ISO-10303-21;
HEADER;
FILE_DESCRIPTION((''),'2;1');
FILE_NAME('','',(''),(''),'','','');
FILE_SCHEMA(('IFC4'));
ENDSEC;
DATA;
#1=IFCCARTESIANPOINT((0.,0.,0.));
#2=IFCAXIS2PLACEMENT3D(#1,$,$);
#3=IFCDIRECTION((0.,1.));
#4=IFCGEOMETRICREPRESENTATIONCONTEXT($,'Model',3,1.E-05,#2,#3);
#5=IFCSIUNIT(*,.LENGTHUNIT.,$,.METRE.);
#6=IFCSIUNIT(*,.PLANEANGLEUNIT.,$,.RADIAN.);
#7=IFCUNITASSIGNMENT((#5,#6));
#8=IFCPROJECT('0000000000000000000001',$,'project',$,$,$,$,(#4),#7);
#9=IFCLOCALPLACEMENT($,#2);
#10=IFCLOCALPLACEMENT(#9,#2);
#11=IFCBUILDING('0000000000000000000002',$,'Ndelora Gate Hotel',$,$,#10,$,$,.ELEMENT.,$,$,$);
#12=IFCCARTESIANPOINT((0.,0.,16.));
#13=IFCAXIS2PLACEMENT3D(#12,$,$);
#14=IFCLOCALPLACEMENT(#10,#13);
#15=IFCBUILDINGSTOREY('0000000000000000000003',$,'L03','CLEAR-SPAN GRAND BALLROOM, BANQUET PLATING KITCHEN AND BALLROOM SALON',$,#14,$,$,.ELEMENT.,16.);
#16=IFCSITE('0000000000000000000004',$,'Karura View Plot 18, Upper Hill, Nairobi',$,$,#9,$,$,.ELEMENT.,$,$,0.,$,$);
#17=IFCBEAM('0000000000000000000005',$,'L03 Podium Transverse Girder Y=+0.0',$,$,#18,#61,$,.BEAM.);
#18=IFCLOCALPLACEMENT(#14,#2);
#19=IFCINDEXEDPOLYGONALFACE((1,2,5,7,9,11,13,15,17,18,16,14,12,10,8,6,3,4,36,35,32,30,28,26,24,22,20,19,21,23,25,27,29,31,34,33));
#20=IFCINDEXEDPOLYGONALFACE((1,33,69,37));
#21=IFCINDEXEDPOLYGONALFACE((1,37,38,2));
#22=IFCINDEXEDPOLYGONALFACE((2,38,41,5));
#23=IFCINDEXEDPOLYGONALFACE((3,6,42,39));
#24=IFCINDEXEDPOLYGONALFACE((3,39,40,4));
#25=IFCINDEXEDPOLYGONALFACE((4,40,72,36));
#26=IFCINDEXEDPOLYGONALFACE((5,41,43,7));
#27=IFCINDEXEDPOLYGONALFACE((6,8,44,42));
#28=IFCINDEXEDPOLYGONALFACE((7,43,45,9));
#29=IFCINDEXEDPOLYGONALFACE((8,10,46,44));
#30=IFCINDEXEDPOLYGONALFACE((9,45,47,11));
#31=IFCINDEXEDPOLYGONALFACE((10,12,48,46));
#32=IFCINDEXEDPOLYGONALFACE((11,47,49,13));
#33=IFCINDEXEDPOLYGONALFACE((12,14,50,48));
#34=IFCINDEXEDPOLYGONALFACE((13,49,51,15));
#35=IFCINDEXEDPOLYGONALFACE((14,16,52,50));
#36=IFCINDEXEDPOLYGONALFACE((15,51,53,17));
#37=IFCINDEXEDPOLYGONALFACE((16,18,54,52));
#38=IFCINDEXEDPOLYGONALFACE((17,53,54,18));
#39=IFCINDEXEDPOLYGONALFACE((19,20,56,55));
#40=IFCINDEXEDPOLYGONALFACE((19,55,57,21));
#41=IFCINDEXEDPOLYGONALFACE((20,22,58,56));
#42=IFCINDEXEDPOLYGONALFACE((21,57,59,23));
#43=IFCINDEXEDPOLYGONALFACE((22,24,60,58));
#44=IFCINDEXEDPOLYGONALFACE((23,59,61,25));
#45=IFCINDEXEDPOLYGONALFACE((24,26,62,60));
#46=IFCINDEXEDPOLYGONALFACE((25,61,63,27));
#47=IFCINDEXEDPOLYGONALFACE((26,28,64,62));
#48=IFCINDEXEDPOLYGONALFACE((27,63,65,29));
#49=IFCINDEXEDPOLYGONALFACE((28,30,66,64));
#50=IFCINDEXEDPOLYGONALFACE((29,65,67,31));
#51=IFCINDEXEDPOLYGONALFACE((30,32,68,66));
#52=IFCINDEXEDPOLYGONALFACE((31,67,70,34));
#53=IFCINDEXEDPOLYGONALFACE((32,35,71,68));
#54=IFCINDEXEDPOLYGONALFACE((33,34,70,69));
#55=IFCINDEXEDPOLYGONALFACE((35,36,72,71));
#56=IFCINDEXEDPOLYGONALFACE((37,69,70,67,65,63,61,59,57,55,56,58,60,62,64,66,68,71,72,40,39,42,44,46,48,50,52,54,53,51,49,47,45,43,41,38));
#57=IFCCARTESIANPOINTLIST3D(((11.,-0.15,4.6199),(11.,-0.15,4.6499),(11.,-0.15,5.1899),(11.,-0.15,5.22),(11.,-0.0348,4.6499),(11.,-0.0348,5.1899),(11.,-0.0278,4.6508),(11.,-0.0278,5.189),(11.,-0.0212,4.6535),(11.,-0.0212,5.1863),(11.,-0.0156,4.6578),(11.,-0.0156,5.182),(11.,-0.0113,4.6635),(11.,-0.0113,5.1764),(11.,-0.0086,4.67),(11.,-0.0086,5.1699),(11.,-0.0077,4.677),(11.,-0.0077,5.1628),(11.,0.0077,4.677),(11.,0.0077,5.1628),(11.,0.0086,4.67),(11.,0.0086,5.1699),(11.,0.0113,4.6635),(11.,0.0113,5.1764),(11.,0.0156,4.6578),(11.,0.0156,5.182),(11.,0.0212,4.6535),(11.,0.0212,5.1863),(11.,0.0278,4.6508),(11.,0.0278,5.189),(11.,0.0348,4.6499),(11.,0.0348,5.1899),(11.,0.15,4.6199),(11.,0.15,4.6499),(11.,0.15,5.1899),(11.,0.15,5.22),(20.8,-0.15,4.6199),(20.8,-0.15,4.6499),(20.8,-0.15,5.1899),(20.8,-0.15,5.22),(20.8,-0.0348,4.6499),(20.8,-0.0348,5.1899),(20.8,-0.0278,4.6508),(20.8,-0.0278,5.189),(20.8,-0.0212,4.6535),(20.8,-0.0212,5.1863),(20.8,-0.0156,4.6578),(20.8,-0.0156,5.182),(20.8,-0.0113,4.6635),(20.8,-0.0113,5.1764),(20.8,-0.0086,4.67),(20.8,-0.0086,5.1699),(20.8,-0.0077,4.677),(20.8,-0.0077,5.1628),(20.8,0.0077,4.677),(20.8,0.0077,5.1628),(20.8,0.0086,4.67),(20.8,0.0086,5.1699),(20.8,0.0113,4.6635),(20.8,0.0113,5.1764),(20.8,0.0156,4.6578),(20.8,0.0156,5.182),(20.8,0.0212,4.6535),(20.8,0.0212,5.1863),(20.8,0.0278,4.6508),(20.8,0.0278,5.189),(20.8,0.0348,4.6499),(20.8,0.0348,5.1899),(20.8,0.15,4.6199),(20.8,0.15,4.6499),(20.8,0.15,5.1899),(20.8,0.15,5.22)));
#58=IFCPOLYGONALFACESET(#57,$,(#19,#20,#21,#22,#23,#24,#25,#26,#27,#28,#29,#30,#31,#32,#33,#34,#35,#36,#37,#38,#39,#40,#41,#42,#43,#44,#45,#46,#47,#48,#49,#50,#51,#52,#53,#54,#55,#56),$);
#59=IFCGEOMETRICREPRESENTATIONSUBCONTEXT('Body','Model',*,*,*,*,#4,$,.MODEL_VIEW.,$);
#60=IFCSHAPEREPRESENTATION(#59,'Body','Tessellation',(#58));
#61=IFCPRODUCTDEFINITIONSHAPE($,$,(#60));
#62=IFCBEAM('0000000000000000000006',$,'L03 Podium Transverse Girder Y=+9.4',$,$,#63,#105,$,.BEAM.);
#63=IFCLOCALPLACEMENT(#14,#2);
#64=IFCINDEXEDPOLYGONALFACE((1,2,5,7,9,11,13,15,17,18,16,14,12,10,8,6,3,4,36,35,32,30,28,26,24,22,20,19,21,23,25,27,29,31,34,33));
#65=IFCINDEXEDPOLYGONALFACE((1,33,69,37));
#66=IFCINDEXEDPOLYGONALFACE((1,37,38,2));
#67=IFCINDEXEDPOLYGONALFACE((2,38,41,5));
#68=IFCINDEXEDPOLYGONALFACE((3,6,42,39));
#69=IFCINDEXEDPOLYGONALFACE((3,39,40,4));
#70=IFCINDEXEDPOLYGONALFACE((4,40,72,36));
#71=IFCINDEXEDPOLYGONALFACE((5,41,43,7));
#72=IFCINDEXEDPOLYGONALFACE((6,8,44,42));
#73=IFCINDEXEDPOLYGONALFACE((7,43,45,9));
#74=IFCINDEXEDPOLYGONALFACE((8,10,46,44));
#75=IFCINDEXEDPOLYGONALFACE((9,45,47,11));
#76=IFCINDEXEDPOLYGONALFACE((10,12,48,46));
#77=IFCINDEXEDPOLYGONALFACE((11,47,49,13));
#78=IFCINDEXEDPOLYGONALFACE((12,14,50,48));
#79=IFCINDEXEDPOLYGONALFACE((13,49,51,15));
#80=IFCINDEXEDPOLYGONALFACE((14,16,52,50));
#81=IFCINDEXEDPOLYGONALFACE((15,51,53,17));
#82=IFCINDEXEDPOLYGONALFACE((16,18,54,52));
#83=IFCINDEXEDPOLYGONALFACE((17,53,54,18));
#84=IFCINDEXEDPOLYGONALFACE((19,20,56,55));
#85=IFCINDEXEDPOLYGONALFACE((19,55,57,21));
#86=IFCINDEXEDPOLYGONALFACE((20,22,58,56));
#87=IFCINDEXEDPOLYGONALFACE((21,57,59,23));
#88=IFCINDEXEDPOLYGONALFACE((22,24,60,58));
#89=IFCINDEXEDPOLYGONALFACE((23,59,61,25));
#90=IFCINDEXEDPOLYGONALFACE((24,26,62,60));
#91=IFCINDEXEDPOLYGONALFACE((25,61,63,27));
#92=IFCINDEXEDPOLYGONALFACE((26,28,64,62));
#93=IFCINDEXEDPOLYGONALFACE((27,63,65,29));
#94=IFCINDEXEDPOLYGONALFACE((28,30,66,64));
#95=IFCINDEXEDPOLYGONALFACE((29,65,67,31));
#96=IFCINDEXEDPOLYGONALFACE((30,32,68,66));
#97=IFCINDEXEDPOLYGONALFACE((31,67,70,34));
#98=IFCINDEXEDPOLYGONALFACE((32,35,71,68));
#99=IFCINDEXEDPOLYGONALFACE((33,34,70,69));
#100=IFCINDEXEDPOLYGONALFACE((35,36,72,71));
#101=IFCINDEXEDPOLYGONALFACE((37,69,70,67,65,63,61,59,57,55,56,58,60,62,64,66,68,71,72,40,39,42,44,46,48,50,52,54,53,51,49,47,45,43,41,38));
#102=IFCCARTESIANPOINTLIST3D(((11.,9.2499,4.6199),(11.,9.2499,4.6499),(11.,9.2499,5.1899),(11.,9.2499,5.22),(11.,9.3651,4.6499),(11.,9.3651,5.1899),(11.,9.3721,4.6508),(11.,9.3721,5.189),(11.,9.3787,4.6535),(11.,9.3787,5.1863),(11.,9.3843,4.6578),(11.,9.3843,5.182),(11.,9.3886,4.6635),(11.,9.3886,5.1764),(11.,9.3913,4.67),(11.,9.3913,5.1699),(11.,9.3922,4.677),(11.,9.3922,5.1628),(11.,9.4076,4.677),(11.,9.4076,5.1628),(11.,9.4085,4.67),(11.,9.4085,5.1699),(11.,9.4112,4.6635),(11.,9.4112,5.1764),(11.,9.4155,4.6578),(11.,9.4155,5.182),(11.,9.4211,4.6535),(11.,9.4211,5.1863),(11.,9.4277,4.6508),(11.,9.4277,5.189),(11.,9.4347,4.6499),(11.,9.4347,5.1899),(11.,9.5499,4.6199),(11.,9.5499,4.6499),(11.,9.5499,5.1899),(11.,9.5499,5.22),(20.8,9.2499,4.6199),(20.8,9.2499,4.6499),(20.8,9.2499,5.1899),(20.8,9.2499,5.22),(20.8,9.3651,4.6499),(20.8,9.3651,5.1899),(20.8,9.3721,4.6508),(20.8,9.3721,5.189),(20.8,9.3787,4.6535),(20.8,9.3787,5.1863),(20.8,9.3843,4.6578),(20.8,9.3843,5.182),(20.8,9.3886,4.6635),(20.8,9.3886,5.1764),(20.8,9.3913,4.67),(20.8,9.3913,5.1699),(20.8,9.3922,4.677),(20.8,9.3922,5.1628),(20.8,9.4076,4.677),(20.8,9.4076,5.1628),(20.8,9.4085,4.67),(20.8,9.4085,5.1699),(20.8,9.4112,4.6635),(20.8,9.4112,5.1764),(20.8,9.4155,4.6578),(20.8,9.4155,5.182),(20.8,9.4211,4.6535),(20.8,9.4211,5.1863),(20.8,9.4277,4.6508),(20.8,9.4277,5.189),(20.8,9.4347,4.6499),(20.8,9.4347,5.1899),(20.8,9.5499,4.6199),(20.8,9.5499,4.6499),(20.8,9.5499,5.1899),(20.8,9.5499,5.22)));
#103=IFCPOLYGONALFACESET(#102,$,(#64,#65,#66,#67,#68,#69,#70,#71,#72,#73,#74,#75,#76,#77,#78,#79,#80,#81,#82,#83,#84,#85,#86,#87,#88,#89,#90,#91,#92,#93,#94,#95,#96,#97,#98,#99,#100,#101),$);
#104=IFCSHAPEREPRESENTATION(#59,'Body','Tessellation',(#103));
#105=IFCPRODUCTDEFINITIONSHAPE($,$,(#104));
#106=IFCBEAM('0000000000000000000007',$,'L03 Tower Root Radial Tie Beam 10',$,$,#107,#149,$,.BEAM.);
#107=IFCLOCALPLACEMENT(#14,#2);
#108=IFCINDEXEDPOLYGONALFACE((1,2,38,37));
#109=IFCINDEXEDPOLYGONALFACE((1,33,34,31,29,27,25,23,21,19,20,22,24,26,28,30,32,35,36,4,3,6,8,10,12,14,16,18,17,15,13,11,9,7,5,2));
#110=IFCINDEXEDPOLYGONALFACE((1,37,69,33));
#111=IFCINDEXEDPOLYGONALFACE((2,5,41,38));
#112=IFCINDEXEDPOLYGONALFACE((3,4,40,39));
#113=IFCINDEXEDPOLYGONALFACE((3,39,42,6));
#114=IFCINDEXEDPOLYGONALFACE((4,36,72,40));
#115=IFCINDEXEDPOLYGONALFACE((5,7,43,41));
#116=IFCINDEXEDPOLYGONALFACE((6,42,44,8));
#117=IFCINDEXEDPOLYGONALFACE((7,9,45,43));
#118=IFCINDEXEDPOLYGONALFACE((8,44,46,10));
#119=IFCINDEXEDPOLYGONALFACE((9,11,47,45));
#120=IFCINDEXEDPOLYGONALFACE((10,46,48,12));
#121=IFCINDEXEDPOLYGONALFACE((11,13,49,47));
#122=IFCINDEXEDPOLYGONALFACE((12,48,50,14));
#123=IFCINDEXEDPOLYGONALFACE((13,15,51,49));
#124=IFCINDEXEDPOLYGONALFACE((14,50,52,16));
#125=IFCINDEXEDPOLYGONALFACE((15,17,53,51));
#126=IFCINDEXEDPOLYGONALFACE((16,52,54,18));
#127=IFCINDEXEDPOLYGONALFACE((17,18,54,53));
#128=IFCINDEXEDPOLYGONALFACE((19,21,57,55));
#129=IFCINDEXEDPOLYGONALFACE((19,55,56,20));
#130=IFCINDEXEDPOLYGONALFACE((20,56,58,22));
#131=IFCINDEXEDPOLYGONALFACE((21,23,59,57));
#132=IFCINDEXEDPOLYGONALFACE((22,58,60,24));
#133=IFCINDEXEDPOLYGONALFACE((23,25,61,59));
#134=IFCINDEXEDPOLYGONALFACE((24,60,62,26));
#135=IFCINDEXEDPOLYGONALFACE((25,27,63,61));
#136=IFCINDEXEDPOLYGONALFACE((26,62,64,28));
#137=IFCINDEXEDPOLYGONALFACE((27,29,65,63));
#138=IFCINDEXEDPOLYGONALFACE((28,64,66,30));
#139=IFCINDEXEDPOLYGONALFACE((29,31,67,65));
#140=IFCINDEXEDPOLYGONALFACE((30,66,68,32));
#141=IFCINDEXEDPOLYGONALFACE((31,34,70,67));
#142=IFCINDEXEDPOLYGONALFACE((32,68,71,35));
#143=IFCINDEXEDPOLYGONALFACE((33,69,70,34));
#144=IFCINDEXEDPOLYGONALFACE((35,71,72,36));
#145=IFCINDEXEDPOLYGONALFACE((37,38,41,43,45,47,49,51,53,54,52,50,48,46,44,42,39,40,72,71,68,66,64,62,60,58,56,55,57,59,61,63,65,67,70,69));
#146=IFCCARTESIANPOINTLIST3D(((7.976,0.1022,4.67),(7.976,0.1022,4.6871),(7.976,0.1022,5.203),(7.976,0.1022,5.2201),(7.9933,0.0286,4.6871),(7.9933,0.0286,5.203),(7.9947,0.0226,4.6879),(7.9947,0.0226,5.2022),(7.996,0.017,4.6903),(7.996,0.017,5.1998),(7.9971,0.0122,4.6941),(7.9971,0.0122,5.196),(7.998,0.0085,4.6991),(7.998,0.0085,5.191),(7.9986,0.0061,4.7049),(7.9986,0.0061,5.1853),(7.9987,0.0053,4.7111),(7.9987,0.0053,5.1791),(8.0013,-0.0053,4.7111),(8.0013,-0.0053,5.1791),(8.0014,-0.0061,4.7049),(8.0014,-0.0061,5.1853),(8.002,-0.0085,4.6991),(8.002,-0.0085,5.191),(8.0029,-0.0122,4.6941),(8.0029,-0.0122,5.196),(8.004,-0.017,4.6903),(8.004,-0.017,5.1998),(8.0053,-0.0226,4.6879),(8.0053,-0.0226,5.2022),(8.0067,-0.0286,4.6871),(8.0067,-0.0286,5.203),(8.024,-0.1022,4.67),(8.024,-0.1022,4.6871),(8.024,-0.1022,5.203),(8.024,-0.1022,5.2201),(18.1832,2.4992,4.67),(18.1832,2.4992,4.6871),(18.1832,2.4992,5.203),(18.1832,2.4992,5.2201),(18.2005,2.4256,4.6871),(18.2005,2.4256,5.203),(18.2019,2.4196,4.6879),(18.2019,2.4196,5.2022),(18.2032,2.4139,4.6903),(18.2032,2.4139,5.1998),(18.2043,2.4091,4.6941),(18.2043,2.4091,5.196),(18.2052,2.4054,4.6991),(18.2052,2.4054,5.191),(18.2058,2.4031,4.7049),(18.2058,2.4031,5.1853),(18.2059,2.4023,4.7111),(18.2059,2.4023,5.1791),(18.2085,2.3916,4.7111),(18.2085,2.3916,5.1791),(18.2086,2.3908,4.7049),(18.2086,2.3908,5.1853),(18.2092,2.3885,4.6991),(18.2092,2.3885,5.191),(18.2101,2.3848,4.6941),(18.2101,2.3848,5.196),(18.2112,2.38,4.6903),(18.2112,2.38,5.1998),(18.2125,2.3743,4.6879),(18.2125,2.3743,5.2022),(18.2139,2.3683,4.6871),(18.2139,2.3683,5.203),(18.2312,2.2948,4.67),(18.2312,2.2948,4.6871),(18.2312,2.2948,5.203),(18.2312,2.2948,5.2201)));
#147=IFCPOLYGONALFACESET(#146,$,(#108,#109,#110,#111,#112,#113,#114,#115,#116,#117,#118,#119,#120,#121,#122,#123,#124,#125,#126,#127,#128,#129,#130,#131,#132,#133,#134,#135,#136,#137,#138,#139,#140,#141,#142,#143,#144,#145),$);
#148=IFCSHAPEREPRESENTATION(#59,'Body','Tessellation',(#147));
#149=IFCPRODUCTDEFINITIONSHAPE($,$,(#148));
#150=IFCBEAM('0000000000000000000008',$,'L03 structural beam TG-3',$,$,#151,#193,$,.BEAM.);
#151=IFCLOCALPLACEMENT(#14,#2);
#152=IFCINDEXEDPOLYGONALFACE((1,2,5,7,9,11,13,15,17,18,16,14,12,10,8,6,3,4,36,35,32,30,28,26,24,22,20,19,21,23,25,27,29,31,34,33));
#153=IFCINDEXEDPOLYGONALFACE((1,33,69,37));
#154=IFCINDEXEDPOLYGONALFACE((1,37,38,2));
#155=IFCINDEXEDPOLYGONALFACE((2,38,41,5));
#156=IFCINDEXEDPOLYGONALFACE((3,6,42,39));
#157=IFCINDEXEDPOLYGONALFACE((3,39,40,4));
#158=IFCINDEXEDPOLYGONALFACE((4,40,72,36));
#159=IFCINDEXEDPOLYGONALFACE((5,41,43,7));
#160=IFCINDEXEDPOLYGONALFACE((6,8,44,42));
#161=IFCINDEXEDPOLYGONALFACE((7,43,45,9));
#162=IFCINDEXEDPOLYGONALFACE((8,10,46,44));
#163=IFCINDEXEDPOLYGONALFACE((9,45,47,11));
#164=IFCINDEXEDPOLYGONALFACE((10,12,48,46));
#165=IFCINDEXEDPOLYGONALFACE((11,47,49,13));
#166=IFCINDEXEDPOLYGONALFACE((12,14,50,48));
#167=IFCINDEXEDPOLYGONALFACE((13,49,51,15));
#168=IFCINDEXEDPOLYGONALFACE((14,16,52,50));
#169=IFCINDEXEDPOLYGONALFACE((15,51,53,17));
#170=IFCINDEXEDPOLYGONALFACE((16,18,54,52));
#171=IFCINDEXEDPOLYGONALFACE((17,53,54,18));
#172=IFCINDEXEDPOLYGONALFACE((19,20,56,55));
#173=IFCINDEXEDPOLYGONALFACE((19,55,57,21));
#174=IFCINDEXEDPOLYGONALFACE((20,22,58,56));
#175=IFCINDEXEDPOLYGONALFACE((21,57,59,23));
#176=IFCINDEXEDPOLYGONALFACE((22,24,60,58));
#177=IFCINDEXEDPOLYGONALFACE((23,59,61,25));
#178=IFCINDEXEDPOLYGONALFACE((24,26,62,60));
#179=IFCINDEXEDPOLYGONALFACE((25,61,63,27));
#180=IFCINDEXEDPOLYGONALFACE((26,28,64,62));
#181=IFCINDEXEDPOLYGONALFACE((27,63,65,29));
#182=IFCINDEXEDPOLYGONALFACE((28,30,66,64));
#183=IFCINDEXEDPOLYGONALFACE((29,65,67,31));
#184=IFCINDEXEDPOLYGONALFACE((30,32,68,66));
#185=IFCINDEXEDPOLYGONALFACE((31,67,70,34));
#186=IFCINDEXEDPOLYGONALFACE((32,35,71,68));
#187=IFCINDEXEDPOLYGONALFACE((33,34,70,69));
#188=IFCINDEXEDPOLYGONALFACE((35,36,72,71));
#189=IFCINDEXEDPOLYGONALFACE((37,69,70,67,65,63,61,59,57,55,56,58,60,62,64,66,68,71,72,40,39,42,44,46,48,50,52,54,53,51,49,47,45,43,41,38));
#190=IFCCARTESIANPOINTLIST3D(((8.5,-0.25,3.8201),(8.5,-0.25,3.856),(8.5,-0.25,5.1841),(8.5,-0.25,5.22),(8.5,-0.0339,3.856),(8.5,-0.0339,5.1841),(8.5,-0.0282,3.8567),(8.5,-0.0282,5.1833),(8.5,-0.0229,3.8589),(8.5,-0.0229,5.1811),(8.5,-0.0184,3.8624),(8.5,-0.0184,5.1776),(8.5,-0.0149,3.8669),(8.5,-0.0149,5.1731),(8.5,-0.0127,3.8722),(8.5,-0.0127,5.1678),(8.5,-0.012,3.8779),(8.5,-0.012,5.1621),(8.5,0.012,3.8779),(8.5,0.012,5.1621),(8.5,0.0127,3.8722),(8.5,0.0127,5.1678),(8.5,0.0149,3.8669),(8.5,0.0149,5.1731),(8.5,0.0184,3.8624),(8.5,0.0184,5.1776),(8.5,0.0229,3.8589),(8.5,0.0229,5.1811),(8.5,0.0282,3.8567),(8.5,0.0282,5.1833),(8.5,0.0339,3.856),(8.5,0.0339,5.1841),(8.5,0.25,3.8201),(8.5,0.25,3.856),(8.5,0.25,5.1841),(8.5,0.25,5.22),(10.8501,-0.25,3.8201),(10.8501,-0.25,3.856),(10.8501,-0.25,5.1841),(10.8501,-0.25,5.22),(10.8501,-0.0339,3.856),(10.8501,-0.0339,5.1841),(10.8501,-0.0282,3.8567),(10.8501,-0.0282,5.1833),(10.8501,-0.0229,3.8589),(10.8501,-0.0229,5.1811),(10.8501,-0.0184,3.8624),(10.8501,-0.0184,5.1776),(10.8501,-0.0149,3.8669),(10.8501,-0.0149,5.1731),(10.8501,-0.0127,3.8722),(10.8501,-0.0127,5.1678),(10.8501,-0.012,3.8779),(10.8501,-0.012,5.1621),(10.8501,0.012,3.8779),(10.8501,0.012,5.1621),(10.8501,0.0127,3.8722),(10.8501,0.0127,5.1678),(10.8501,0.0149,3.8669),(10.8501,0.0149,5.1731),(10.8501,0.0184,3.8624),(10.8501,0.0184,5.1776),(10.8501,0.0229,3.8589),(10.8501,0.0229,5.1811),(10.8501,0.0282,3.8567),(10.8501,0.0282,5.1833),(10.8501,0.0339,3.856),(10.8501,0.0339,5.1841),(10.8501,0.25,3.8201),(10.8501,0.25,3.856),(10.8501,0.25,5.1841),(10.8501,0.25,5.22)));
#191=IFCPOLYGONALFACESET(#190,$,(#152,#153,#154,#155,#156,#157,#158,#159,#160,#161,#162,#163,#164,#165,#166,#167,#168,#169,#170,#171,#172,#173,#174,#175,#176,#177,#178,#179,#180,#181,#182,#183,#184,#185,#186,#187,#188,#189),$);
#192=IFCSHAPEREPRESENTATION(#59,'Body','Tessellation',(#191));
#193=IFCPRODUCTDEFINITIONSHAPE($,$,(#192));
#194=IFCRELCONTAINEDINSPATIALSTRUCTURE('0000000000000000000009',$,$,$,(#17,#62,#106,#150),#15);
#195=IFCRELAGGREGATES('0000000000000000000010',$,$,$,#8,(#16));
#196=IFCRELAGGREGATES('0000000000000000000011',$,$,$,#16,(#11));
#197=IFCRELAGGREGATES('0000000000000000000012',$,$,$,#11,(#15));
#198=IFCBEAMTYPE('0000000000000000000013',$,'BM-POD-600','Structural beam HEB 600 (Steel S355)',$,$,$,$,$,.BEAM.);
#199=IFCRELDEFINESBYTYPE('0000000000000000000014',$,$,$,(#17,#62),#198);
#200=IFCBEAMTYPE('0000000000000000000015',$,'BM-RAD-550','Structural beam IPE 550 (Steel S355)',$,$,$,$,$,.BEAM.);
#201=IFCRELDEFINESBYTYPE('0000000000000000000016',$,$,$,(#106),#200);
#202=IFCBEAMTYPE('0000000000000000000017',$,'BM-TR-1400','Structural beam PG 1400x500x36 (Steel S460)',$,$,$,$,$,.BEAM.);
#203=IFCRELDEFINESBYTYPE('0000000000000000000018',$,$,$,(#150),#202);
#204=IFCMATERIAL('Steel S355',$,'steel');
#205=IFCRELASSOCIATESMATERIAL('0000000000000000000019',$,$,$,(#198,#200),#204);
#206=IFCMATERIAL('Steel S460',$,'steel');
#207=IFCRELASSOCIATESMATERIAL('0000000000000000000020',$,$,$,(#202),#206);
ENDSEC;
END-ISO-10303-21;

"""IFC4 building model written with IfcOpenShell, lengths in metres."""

from ifc_helpers import new_model, si_unit, direction, frame, origin, origin_2d, place, context, subcontext, project, spatial, i_section, extrude, material, material_profile, profile_set, type_object, element, save


model = new_model("IFC4")

# Units and contexts
model_context = context("Model", 3, precision=1e-05, world=origin(), true_north=direction((0.0, 1.0)))
body_context = subcontext(model_context, "Body", "Model", "MODEL_VIEW")
ifc_project = project(units=[si_unit("LENGTHUNIT", "METRE"), si_unit("PLANEANGLEUNIT", "RADIAN")], contexts=[model_context])

# Site, building, storey
site_placement = place(None, origin())
site = spatial("IfcSite", under=ifc_project, at=site_placement, Name="Karura View Plot 18, Upper Hill, Nairobi", CompositionType="ELEMENT", RefElevation=0.0)
building_placement = place(site_placement, origin())
building = spatial("IfcBuilding", under=site, at=building_placement, Name="Ndelora Gate Hotel", CompositionType="ELEMENT")
storey_placement = place(building_placement, frame((0.0, 0.0, 16.0)))
storey = spatial("IfcBuildingStorey", under=building, at=storey_placement, Name="L03", Description="CLEAR-SPAN GRAND BALLROOM, BANQUET PLATING KITCHEN AND BALLROOM SALON", CompositionType="ELEMENT", Elevation=16.0)

# Beams
ifc_material_1 = material(Name="Steel S355", Category="steel")
ifc_material_profile_1 = material_profile(ifc_material_1, i_section(OverallWidth=0.3, OverallDepth=0.6001, WebThickness=0.0154, FlangeThickness=0.03, FilletRadius=0.0271, at=origin_2d()), Name="HEB 600")
ifc_profile_set_1 = profile_set([ifc_material_profile_1], Name="Steel S355")
beam_type_1 = type_object("IfcBeamType", Name="BM-POD-600", Description="Structural beam HEB 600 (Steel S355)", PredefinedType="BEAM", material=ifc_profile_set_1)
for number, where, z_axis, x_axis, name in (
    (1, (11.0, 0.0, 4.9199), (1.0, 0.0, 0.0), (0.0, 1.0, 0.0), "L03 Podium Transverse Girder Y=+0.0"),
    (2, (11.0, 9.3999, 4.9199), (1.0, 0.0, 0.0), (0.0, 1.0, 0.0), "L03 Podium Transverse Girder Y=+9.4"),
):
    element("IfcBeam", number, at=place(storey_placement, frame(where, z_axis=z_axis, x_axis=x_axis)), inside=storey, type_object=beam_type_1, Name=name, PredefinedType="BEAM", context=body_context, shape_type="SweptSolid", body=[
        extrude(i_section(OverallWidth=0.3, OverallDepth=0.6001, WebThickness=0.0154, FlangeThickness=0.03, FilletRadius=0.0271, at=origin_2d()), origin(), (0.0, 0.0, 1.0), 9.8),
    ])
ifc_material_profile_2 = material_profile(ifc_material_1, i_section(OverallWidth=0.21, OverallDepth=0.55, WebThickness=0.011, FlangeThickness=0.0171, FilletRadius=0.0239, at=origin_2d()), Name="IPE 550")
ifc_profile_set_2 = profile_set([ifc_material_profile_2], Name="Steel S355")
beam_type_2 = type_object("IfcBeamType", Name="BM-RAD-550", Description="Structural beam IPE 550 (Steel S355)", PredefinedType="BEAM", material=ifc_profile_set_2)
beam_1_placement = place(storey_placement, frame((8.0, 0.0, 4.9451), z_axis=(0.973518, 0.228611, 0.0), x_axis=(-0.228611, 0.973518, 0.0)))
element("IfcBeam", 3, at=beam_1_placement, inside=storey, type_object=beam_type_2, Name="L03 Tower Root Radial Tie Beam 10", PredefinedType="BEAM", context=body_context, shape_type="SweptSolid", body=[
    extrude(i_section(OverallWidth=0.21, OverallDepth=0.55, WebThickness=0.011, FlangeThickness=0.0171, FilletRadius=0.0239, at=origin_2d()), origin(), (0.0, 0.0, 1.0), 10.4849),
])
ifc_material_2 = material(Name="Steel S460", Category="steel")
ifc_material_profile_3 = material_profile(ifc_material_2, i_section(OverallWidth=0.5, OverallDepth=1.3999, WebThickness=0.0239, FlangeThickness=0.0359, FilletRadius=0.022, at=origin_2d()), Name="PG 1400x500x36")
ifc_profile_set_3 = profile_set([ifc_material_profile_3], Name="Steel S460")
beam_type_3 = type_object("IfcBeamType", Name="BM-TR-1400", Description="Structural beam PG 1400x500x36 (Steel S460)", PredefinedType="BEAM", material=ifc_profile_set_3)
beam_2_placement = place(storey_placement, frame((8.5, 0.0, 4.52), z_axis=(1.0, 0.0, 0.0), x_axis=(0.0, 1.0, 0.0)))
element("IfcBeam", 4, at=beam_2_placement, inside=storey, type_object=beam_type_3, Name="L03 structural beam TG-3", PredefinedType="BEAM", context=body_context, shape_type="SweptSolid", body=[
    extrude(i_section(OverallWidth=0.5, OverallDepth=1.3999, WebThickness=0.0239, FlangeThickness=0.0359, FilletRadius=0.022, at=origin_2d()), origin(), (0.0, 0.0, 1.0), 2.3501),
])

save(model, "model.ifc")
